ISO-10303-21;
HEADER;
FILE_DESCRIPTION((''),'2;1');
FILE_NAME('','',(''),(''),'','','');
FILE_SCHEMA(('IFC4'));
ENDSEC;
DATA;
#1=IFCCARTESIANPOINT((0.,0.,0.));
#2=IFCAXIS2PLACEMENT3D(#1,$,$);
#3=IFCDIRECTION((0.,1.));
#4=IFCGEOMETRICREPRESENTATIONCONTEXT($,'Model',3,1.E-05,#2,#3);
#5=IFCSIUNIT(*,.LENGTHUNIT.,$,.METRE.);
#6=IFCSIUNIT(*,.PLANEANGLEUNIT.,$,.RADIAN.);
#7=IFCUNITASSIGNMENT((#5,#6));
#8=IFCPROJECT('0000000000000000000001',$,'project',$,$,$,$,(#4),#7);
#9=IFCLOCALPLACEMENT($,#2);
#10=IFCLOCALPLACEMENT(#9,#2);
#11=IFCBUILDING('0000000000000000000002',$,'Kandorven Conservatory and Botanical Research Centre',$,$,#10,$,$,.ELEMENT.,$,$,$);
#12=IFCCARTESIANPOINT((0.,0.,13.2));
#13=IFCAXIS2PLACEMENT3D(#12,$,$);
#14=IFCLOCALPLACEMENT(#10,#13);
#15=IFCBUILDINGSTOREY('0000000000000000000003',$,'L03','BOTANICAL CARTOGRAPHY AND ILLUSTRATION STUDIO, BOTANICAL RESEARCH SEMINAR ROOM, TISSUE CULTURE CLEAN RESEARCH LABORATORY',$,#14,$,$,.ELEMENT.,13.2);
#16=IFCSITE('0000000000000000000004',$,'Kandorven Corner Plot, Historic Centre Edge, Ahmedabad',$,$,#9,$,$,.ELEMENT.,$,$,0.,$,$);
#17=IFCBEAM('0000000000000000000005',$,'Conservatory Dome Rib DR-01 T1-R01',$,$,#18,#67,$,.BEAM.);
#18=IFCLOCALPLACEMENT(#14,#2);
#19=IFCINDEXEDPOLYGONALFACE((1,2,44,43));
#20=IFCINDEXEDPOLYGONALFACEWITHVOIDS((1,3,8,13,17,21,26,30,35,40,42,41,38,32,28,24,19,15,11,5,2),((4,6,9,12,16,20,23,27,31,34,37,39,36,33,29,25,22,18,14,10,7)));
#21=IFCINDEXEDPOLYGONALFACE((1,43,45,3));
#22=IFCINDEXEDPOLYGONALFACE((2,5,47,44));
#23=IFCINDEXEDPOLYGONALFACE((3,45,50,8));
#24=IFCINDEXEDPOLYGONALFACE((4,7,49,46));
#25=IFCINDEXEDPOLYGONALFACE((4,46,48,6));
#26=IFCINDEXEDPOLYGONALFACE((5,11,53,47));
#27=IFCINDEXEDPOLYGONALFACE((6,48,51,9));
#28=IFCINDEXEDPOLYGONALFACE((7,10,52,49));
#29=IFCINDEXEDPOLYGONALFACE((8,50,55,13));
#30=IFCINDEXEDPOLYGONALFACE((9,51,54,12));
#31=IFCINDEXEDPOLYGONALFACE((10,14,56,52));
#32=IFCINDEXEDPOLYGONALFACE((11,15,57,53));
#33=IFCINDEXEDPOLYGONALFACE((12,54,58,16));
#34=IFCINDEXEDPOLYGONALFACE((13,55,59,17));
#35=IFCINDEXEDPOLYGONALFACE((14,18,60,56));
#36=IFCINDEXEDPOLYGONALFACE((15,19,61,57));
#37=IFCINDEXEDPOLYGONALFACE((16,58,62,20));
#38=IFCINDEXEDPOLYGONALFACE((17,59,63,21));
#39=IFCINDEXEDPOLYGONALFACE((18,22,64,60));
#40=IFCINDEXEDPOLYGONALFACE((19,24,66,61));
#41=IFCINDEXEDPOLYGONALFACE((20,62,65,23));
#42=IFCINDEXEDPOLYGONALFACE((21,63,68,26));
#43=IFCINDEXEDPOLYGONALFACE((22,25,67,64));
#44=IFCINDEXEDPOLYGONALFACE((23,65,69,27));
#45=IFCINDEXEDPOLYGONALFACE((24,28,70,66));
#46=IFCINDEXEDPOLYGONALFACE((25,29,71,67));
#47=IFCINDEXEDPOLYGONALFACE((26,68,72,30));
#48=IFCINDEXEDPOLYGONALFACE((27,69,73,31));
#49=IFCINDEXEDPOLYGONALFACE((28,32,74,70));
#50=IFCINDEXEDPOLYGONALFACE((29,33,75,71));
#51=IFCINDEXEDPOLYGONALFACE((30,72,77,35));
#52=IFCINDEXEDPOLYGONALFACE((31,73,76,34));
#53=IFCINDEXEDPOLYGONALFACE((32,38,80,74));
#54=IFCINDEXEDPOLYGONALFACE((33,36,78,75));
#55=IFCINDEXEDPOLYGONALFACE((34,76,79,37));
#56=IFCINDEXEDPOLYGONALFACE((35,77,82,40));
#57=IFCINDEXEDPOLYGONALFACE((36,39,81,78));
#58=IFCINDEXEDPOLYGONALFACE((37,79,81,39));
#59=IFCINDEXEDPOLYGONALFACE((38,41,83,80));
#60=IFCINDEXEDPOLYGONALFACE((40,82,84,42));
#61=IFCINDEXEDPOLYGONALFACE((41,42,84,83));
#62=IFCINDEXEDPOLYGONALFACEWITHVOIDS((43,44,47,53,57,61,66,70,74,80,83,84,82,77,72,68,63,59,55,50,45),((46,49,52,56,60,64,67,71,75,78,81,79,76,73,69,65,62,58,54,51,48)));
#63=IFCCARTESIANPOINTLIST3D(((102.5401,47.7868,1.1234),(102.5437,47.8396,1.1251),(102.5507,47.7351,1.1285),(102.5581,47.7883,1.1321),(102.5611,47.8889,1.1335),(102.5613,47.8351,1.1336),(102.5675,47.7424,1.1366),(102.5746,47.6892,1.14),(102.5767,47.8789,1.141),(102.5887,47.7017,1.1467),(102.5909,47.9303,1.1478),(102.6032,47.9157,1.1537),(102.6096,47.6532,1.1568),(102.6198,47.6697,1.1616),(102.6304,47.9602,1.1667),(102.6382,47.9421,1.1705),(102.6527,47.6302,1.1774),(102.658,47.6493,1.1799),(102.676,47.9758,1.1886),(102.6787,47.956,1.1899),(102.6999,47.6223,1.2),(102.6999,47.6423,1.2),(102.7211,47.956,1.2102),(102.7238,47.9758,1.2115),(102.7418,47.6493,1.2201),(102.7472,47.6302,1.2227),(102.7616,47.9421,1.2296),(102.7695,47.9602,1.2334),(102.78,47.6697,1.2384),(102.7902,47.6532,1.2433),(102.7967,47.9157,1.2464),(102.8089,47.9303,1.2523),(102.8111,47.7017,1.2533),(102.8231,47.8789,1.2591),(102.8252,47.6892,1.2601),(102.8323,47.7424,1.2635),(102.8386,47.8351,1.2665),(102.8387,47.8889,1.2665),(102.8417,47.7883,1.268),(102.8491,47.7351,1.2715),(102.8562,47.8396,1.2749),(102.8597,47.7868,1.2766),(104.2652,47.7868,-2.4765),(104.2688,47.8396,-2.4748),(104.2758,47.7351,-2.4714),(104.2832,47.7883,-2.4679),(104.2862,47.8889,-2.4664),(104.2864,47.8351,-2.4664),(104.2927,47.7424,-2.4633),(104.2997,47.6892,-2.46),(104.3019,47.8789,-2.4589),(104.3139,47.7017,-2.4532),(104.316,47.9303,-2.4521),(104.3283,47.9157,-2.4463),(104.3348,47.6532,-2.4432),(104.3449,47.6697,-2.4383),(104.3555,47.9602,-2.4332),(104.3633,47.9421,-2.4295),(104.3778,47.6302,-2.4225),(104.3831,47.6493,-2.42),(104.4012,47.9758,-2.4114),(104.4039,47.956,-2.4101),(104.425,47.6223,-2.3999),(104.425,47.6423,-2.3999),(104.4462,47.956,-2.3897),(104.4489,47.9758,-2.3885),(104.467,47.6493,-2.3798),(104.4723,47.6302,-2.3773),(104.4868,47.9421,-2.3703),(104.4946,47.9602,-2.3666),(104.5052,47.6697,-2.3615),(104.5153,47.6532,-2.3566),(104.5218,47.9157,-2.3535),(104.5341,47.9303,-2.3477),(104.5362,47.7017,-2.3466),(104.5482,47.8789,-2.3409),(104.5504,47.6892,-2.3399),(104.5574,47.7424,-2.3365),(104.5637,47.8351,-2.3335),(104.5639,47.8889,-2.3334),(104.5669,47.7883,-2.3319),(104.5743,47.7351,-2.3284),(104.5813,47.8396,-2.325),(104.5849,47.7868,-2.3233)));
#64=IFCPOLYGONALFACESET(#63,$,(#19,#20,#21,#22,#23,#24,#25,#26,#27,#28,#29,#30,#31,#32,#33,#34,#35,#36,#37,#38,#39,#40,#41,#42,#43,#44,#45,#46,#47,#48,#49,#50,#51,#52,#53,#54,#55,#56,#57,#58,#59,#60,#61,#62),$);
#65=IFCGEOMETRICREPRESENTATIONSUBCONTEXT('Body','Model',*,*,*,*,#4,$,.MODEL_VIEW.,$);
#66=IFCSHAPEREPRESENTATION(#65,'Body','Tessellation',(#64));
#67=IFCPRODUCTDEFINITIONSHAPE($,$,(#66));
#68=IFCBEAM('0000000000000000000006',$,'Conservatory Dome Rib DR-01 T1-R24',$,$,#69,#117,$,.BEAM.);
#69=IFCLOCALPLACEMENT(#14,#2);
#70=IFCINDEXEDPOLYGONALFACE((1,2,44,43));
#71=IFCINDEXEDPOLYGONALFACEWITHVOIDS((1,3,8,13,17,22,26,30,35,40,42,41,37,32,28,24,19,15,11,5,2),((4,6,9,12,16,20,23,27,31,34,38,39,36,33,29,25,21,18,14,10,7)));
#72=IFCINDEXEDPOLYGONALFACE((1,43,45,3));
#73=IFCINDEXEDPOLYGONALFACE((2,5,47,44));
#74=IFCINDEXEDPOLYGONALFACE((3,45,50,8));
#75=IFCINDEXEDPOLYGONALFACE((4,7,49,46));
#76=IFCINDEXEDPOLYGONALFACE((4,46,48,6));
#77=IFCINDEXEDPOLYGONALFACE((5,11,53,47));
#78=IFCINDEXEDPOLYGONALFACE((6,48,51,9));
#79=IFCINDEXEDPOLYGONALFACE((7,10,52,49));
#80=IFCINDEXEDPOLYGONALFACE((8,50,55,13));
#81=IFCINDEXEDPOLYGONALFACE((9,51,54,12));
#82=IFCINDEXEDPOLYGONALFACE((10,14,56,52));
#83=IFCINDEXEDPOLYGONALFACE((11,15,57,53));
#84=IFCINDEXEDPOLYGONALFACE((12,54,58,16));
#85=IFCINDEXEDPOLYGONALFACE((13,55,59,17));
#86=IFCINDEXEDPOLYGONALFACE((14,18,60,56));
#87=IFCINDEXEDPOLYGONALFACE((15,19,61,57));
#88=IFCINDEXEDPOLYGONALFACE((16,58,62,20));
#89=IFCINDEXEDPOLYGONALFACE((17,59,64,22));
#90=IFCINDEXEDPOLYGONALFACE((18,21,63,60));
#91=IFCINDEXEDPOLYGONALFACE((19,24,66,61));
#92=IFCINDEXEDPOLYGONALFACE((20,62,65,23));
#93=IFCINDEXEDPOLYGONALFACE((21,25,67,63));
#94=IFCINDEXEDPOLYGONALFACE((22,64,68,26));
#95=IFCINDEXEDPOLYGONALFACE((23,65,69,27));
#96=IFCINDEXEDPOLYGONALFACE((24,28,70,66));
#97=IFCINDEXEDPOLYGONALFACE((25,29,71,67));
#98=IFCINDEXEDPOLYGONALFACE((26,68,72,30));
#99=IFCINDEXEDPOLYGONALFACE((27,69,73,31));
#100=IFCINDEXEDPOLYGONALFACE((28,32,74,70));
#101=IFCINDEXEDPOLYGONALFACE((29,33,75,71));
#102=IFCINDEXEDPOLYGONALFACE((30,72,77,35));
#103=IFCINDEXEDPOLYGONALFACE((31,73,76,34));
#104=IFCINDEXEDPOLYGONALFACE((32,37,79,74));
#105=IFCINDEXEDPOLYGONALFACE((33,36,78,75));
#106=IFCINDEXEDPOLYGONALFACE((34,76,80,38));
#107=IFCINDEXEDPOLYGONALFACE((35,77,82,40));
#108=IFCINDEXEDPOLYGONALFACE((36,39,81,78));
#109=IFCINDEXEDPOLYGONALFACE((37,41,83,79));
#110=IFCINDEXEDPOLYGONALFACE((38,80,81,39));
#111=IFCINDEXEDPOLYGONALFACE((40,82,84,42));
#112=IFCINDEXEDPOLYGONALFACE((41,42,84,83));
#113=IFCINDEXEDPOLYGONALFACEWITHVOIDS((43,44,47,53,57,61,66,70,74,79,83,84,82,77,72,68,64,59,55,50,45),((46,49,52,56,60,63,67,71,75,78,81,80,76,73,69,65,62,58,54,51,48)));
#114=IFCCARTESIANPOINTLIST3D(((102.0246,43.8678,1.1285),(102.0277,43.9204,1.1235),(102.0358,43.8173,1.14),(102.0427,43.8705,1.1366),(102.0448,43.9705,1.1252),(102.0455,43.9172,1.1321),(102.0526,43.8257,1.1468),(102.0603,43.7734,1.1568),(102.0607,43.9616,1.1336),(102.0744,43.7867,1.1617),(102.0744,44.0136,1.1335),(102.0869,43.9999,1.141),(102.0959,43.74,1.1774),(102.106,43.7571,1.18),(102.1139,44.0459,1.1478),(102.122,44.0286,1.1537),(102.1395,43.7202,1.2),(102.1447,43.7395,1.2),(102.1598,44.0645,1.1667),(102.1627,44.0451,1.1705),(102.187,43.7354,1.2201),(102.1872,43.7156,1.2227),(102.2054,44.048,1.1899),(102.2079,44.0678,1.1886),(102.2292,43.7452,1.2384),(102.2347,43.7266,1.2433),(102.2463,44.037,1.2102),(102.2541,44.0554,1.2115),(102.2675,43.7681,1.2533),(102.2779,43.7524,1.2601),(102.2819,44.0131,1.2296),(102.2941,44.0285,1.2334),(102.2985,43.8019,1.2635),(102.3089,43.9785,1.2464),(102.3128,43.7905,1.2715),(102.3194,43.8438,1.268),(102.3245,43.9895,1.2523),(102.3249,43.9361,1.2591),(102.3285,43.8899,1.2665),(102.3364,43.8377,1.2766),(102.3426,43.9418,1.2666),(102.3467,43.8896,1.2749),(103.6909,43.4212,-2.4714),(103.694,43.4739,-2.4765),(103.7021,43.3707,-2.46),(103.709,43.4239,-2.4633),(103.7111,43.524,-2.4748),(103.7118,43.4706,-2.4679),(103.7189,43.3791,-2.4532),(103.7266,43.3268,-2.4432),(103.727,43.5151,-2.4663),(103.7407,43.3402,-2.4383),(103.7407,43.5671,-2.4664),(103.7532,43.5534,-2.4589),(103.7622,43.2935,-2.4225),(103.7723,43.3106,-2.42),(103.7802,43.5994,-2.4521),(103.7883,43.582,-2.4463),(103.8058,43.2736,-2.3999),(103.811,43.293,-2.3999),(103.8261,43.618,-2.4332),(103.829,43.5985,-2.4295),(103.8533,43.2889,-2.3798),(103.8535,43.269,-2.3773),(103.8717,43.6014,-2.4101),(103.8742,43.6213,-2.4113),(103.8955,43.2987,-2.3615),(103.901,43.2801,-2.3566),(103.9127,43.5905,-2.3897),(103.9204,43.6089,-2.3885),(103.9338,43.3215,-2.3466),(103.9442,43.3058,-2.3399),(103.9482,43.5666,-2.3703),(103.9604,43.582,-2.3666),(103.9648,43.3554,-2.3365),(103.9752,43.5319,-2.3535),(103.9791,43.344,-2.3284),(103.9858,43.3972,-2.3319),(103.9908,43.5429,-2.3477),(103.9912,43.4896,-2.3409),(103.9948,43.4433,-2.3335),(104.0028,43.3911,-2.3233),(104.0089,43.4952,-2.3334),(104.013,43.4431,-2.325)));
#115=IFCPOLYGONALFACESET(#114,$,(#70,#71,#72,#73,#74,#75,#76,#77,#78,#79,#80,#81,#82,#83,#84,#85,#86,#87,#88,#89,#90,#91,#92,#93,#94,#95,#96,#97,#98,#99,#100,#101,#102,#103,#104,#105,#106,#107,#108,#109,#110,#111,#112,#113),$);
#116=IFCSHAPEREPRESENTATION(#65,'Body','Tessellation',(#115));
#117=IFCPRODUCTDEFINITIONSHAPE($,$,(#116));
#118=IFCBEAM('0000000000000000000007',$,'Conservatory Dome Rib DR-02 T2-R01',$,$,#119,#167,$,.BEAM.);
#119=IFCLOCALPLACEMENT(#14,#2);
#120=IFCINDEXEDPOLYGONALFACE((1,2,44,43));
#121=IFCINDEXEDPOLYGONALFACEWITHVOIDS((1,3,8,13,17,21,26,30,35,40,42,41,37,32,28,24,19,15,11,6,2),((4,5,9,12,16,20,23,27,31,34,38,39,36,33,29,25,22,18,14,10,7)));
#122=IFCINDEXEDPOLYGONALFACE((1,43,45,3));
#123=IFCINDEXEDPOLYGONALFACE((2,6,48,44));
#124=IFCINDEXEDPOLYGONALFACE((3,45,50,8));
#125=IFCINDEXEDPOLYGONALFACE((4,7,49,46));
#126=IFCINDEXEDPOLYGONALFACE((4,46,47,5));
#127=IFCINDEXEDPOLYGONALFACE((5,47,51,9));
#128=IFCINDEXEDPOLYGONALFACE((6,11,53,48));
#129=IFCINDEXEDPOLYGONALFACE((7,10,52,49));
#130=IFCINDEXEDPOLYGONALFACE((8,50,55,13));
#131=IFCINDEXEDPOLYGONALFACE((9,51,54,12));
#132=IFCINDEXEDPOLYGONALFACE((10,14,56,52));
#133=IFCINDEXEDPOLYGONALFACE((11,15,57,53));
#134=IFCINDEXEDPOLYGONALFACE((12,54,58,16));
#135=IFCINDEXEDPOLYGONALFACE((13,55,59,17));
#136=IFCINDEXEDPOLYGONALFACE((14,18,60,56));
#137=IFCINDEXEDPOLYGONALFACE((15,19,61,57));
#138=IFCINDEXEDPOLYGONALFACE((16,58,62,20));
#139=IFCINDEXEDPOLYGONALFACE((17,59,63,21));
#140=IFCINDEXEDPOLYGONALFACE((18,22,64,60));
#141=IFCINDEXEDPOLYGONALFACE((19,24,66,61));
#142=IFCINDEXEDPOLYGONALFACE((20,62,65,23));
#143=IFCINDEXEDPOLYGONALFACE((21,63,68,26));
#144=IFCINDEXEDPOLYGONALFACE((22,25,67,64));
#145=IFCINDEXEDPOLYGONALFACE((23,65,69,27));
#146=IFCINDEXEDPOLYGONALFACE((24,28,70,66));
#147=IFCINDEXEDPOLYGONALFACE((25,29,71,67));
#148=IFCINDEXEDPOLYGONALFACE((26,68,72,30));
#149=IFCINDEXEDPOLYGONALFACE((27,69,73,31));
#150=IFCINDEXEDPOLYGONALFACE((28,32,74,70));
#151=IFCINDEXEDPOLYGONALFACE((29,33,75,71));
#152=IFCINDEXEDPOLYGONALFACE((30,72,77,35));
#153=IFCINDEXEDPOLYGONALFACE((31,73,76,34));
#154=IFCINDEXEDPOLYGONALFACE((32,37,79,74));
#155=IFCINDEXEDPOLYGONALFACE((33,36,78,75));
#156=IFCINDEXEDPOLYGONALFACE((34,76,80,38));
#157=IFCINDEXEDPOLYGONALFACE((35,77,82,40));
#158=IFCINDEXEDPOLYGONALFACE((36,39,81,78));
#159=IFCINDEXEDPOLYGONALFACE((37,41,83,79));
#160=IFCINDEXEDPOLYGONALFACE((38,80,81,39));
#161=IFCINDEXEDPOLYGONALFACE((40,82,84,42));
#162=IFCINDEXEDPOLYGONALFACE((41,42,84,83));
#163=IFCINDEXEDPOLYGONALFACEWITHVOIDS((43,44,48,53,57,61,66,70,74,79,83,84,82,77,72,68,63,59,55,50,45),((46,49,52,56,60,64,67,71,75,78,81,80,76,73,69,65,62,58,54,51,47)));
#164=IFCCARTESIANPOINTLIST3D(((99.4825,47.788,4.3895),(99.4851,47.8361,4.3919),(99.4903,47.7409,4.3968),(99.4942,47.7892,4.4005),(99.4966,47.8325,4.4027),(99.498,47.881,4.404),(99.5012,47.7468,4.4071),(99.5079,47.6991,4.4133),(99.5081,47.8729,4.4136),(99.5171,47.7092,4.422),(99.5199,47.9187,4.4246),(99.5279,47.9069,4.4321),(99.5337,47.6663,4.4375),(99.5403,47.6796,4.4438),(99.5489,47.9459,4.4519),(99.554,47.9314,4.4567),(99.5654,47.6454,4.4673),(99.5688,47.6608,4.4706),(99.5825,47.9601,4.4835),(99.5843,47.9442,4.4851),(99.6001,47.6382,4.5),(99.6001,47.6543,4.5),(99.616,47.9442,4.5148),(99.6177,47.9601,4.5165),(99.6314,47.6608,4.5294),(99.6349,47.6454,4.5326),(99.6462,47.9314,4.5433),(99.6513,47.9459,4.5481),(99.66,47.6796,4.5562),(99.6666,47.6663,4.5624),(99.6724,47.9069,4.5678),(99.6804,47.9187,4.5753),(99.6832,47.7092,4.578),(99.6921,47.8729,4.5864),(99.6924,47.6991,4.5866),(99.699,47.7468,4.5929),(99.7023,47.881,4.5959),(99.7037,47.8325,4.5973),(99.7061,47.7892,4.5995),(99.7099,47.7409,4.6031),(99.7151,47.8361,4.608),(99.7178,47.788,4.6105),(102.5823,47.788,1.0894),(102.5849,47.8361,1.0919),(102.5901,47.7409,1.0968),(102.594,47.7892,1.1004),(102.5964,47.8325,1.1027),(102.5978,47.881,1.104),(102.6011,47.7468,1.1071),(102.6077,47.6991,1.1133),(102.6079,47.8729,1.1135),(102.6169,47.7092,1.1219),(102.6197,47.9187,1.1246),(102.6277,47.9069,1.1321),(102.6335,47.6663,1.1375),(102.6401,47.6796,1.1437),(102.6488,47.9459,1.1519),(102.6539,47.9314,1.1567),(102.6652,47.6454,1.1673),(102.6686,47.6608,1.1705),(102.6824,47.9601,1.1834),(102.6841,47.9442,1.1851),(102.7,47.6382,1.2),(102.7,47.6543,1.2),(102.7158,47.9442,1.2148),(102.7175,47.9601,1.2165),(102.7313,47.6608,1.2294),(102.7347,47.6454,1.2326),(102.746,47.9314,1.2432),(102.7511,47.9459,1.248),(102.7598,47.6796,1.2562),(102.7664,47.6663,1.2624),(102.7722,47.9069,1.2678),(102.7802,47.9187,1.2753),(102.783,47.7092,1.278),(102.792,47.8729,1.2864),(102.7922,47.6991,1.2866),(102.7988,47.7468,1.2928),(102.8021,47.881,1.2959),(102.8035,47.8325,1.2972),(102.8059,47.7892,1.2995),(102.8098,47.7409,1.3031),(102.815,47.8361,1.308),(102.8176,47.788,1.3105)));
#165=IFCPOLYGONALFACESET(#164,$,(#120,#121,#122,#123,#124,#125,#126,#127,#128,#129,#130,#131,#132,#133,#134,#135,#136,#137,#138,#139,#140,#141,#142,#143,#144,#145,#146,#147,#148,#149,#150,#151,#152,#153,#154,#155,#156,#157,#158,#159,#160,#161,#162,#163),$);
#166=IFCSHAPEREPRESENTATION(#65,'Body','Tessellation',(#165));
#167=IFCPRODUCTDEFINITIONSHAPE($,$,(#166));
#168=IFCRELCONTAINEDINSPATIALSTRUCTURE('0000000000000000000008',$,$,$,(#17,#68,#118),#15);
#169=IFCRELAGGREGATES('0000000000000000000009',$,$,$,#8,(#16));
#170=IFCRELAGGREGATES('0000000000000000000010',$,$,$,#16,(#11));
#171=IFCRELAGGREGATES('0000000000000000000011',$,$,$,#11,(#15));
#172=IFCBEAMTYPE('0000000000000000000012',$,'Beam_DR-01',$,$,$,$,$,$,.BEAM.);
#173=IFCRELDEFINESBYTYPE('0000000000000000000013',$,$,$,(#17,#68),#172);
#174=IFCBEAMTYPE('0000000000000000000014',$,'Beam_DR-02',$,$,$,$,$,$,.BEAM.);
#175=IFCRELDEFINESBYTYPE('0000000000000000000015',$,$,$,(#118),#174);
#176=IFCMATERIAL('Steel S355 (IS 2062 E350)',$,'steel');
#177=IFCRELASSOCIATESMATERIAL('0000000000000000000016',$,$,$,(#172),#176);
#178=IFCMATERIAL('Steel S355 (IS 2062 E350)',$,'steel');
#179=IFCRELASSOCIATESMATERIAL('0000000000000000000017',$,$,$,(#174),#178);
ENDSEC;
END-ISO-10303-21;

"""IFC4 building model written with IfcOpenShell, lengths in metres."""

from ifc_helpers import new_model, si_unit, direction, frame, origin, origin_2d, place, context, subcontext, project, spatial, hollow_circle, extrude, material, material_profile, profile_set, type_object, element, save


model = new_model("IFC4")

# Units and contexts
model_context = context("Model", 3, precision=1e-05, world=origin(), true_north=direction((0.0, 1.0)))
body_context = subcontext(model_context, "Body", "Model", "MODEL_VIEW")
ifc_project = project(units=[si_unit("LENGTHUNIT", "METRE"), si_unit("PLANEANGLEUNIT", "RADIAN")], contexts=[model_context])

# Site, building, storey
site_placement = place(None, origin())
site = spatial("IfcSite", under=ifc_project, at=site_placement, Name="Kandorven Corner Plot, Historic Centre Edge, Ahmedabad", CompositionType="ELEMENT", RefElevation=0.0)
building_placement = place(site_placement, origin())
building = spatial("IfcBuilding", under=site, at=building_placement, Name="Kandorven Conservatory and Botanical Research Centre", CompositionType="ELEMENT")
storey_placement = place(building_placement, frame((0.0, 0.0, 13.2)))
storey = spatial("IfcBuildingStorey", under=building, at=storey_placement, Name="L03", Description="BOTANICAL CARTOGRAPHY AND ILLUSTRATION STUDIO, BOTANICAL RESEARCH SEMINAR ROOM, TISSUE CULTURE CLEAN RESEARCH LABORATORY", CompositionType="ELEMENT", Elevation=13.2)

# Beams
ifc_material_1 = material(Name="Steel S355 (IS 2062 E350)", Category="steel")
ifc_material_profile_1 = material_profile(ifc_material_1, hollow_circle(Radius=0.1777, WallThickness=0.02, at=origin_2d()))
ifc_profile_set_1 = profile_set([ifc_material_profile_1], Name="Steel S355 (IS 2062 E350)")
beam_type_1 = type_object("IfcBeamType", Name="Beam_DR-01", PredefinedType="BEAM", material=ifc_profile_set_1)
for number, where, z_axis, x_axis, name in (
    (1, (104.425, 47.8, -2.3999), (-0.432154, 0.0, 0.9018), (0.0, -1.0, 0.0), "Conservatory Dome Rib DR-01 T1-R01"),
    (2, (103.8518, 43.4453, -2.3999), (-0.417417, 0.111862, 0.901804), (-0.258852, -0.965917, 0.0), "Conservatory Dome Rib DR-01 T1-R24"),
):
    element("IfcBeam", number, at=place(storey_placement, frame(where, z_axis=z_axis, x_axis=x_axis)), inside=storey, type_object=beam_type_1, Name=name, PredefinedType="BEAM", context=body_context, shape_type="SweptSolid", body=[
        extrude(hollow_circle(Radius=0.1777, WallThickness=0.02, at=origin_2d()), origin(), (0.0, 0.0, 1.0), 3.9919),
    ])
ifc_material_2 = material(Name="Steel S355 (IS 2062 E350)", Category="steel")
ifc_material_profile_2 = material_profile(ifc_material_2, hollow_circle(Radius=0.1619, WallThickness=0.0161, at=origin_2d()))
ifc_profile_set_2 = profile_set([ifc_material_profile_2], Name="Steel S355 (IS 2062 E350)")
beam_type_2 = type_object("IfcBeamType", Name="Beam_DR-02", PredefinedType="BEAM", material=ifc_profile_set_2)
beam_placement = place(storey_placement, frame((102.7, 47.8, 1.2), z_axis=(-0.684653, 0.0, 0.728869), x_axis=(0.0, -1.0, 0.0)))
element("IfcBeam", 3, at=beam_placement, inside=storey, type_object=beam_type_2, Name="Conservatory Dome Rib DR-02 T2-R01", PredefinedType="BEAM", context=body_context, shape_type="SweptSolid", body=[
    extrude(hollow_circle(Radius=0.1619, WallThickness=0.0161, at=origin_2d()), origin(), (0.0, 0.0, 1.0), 4.5276),
])

save(model, "model.ifc")
